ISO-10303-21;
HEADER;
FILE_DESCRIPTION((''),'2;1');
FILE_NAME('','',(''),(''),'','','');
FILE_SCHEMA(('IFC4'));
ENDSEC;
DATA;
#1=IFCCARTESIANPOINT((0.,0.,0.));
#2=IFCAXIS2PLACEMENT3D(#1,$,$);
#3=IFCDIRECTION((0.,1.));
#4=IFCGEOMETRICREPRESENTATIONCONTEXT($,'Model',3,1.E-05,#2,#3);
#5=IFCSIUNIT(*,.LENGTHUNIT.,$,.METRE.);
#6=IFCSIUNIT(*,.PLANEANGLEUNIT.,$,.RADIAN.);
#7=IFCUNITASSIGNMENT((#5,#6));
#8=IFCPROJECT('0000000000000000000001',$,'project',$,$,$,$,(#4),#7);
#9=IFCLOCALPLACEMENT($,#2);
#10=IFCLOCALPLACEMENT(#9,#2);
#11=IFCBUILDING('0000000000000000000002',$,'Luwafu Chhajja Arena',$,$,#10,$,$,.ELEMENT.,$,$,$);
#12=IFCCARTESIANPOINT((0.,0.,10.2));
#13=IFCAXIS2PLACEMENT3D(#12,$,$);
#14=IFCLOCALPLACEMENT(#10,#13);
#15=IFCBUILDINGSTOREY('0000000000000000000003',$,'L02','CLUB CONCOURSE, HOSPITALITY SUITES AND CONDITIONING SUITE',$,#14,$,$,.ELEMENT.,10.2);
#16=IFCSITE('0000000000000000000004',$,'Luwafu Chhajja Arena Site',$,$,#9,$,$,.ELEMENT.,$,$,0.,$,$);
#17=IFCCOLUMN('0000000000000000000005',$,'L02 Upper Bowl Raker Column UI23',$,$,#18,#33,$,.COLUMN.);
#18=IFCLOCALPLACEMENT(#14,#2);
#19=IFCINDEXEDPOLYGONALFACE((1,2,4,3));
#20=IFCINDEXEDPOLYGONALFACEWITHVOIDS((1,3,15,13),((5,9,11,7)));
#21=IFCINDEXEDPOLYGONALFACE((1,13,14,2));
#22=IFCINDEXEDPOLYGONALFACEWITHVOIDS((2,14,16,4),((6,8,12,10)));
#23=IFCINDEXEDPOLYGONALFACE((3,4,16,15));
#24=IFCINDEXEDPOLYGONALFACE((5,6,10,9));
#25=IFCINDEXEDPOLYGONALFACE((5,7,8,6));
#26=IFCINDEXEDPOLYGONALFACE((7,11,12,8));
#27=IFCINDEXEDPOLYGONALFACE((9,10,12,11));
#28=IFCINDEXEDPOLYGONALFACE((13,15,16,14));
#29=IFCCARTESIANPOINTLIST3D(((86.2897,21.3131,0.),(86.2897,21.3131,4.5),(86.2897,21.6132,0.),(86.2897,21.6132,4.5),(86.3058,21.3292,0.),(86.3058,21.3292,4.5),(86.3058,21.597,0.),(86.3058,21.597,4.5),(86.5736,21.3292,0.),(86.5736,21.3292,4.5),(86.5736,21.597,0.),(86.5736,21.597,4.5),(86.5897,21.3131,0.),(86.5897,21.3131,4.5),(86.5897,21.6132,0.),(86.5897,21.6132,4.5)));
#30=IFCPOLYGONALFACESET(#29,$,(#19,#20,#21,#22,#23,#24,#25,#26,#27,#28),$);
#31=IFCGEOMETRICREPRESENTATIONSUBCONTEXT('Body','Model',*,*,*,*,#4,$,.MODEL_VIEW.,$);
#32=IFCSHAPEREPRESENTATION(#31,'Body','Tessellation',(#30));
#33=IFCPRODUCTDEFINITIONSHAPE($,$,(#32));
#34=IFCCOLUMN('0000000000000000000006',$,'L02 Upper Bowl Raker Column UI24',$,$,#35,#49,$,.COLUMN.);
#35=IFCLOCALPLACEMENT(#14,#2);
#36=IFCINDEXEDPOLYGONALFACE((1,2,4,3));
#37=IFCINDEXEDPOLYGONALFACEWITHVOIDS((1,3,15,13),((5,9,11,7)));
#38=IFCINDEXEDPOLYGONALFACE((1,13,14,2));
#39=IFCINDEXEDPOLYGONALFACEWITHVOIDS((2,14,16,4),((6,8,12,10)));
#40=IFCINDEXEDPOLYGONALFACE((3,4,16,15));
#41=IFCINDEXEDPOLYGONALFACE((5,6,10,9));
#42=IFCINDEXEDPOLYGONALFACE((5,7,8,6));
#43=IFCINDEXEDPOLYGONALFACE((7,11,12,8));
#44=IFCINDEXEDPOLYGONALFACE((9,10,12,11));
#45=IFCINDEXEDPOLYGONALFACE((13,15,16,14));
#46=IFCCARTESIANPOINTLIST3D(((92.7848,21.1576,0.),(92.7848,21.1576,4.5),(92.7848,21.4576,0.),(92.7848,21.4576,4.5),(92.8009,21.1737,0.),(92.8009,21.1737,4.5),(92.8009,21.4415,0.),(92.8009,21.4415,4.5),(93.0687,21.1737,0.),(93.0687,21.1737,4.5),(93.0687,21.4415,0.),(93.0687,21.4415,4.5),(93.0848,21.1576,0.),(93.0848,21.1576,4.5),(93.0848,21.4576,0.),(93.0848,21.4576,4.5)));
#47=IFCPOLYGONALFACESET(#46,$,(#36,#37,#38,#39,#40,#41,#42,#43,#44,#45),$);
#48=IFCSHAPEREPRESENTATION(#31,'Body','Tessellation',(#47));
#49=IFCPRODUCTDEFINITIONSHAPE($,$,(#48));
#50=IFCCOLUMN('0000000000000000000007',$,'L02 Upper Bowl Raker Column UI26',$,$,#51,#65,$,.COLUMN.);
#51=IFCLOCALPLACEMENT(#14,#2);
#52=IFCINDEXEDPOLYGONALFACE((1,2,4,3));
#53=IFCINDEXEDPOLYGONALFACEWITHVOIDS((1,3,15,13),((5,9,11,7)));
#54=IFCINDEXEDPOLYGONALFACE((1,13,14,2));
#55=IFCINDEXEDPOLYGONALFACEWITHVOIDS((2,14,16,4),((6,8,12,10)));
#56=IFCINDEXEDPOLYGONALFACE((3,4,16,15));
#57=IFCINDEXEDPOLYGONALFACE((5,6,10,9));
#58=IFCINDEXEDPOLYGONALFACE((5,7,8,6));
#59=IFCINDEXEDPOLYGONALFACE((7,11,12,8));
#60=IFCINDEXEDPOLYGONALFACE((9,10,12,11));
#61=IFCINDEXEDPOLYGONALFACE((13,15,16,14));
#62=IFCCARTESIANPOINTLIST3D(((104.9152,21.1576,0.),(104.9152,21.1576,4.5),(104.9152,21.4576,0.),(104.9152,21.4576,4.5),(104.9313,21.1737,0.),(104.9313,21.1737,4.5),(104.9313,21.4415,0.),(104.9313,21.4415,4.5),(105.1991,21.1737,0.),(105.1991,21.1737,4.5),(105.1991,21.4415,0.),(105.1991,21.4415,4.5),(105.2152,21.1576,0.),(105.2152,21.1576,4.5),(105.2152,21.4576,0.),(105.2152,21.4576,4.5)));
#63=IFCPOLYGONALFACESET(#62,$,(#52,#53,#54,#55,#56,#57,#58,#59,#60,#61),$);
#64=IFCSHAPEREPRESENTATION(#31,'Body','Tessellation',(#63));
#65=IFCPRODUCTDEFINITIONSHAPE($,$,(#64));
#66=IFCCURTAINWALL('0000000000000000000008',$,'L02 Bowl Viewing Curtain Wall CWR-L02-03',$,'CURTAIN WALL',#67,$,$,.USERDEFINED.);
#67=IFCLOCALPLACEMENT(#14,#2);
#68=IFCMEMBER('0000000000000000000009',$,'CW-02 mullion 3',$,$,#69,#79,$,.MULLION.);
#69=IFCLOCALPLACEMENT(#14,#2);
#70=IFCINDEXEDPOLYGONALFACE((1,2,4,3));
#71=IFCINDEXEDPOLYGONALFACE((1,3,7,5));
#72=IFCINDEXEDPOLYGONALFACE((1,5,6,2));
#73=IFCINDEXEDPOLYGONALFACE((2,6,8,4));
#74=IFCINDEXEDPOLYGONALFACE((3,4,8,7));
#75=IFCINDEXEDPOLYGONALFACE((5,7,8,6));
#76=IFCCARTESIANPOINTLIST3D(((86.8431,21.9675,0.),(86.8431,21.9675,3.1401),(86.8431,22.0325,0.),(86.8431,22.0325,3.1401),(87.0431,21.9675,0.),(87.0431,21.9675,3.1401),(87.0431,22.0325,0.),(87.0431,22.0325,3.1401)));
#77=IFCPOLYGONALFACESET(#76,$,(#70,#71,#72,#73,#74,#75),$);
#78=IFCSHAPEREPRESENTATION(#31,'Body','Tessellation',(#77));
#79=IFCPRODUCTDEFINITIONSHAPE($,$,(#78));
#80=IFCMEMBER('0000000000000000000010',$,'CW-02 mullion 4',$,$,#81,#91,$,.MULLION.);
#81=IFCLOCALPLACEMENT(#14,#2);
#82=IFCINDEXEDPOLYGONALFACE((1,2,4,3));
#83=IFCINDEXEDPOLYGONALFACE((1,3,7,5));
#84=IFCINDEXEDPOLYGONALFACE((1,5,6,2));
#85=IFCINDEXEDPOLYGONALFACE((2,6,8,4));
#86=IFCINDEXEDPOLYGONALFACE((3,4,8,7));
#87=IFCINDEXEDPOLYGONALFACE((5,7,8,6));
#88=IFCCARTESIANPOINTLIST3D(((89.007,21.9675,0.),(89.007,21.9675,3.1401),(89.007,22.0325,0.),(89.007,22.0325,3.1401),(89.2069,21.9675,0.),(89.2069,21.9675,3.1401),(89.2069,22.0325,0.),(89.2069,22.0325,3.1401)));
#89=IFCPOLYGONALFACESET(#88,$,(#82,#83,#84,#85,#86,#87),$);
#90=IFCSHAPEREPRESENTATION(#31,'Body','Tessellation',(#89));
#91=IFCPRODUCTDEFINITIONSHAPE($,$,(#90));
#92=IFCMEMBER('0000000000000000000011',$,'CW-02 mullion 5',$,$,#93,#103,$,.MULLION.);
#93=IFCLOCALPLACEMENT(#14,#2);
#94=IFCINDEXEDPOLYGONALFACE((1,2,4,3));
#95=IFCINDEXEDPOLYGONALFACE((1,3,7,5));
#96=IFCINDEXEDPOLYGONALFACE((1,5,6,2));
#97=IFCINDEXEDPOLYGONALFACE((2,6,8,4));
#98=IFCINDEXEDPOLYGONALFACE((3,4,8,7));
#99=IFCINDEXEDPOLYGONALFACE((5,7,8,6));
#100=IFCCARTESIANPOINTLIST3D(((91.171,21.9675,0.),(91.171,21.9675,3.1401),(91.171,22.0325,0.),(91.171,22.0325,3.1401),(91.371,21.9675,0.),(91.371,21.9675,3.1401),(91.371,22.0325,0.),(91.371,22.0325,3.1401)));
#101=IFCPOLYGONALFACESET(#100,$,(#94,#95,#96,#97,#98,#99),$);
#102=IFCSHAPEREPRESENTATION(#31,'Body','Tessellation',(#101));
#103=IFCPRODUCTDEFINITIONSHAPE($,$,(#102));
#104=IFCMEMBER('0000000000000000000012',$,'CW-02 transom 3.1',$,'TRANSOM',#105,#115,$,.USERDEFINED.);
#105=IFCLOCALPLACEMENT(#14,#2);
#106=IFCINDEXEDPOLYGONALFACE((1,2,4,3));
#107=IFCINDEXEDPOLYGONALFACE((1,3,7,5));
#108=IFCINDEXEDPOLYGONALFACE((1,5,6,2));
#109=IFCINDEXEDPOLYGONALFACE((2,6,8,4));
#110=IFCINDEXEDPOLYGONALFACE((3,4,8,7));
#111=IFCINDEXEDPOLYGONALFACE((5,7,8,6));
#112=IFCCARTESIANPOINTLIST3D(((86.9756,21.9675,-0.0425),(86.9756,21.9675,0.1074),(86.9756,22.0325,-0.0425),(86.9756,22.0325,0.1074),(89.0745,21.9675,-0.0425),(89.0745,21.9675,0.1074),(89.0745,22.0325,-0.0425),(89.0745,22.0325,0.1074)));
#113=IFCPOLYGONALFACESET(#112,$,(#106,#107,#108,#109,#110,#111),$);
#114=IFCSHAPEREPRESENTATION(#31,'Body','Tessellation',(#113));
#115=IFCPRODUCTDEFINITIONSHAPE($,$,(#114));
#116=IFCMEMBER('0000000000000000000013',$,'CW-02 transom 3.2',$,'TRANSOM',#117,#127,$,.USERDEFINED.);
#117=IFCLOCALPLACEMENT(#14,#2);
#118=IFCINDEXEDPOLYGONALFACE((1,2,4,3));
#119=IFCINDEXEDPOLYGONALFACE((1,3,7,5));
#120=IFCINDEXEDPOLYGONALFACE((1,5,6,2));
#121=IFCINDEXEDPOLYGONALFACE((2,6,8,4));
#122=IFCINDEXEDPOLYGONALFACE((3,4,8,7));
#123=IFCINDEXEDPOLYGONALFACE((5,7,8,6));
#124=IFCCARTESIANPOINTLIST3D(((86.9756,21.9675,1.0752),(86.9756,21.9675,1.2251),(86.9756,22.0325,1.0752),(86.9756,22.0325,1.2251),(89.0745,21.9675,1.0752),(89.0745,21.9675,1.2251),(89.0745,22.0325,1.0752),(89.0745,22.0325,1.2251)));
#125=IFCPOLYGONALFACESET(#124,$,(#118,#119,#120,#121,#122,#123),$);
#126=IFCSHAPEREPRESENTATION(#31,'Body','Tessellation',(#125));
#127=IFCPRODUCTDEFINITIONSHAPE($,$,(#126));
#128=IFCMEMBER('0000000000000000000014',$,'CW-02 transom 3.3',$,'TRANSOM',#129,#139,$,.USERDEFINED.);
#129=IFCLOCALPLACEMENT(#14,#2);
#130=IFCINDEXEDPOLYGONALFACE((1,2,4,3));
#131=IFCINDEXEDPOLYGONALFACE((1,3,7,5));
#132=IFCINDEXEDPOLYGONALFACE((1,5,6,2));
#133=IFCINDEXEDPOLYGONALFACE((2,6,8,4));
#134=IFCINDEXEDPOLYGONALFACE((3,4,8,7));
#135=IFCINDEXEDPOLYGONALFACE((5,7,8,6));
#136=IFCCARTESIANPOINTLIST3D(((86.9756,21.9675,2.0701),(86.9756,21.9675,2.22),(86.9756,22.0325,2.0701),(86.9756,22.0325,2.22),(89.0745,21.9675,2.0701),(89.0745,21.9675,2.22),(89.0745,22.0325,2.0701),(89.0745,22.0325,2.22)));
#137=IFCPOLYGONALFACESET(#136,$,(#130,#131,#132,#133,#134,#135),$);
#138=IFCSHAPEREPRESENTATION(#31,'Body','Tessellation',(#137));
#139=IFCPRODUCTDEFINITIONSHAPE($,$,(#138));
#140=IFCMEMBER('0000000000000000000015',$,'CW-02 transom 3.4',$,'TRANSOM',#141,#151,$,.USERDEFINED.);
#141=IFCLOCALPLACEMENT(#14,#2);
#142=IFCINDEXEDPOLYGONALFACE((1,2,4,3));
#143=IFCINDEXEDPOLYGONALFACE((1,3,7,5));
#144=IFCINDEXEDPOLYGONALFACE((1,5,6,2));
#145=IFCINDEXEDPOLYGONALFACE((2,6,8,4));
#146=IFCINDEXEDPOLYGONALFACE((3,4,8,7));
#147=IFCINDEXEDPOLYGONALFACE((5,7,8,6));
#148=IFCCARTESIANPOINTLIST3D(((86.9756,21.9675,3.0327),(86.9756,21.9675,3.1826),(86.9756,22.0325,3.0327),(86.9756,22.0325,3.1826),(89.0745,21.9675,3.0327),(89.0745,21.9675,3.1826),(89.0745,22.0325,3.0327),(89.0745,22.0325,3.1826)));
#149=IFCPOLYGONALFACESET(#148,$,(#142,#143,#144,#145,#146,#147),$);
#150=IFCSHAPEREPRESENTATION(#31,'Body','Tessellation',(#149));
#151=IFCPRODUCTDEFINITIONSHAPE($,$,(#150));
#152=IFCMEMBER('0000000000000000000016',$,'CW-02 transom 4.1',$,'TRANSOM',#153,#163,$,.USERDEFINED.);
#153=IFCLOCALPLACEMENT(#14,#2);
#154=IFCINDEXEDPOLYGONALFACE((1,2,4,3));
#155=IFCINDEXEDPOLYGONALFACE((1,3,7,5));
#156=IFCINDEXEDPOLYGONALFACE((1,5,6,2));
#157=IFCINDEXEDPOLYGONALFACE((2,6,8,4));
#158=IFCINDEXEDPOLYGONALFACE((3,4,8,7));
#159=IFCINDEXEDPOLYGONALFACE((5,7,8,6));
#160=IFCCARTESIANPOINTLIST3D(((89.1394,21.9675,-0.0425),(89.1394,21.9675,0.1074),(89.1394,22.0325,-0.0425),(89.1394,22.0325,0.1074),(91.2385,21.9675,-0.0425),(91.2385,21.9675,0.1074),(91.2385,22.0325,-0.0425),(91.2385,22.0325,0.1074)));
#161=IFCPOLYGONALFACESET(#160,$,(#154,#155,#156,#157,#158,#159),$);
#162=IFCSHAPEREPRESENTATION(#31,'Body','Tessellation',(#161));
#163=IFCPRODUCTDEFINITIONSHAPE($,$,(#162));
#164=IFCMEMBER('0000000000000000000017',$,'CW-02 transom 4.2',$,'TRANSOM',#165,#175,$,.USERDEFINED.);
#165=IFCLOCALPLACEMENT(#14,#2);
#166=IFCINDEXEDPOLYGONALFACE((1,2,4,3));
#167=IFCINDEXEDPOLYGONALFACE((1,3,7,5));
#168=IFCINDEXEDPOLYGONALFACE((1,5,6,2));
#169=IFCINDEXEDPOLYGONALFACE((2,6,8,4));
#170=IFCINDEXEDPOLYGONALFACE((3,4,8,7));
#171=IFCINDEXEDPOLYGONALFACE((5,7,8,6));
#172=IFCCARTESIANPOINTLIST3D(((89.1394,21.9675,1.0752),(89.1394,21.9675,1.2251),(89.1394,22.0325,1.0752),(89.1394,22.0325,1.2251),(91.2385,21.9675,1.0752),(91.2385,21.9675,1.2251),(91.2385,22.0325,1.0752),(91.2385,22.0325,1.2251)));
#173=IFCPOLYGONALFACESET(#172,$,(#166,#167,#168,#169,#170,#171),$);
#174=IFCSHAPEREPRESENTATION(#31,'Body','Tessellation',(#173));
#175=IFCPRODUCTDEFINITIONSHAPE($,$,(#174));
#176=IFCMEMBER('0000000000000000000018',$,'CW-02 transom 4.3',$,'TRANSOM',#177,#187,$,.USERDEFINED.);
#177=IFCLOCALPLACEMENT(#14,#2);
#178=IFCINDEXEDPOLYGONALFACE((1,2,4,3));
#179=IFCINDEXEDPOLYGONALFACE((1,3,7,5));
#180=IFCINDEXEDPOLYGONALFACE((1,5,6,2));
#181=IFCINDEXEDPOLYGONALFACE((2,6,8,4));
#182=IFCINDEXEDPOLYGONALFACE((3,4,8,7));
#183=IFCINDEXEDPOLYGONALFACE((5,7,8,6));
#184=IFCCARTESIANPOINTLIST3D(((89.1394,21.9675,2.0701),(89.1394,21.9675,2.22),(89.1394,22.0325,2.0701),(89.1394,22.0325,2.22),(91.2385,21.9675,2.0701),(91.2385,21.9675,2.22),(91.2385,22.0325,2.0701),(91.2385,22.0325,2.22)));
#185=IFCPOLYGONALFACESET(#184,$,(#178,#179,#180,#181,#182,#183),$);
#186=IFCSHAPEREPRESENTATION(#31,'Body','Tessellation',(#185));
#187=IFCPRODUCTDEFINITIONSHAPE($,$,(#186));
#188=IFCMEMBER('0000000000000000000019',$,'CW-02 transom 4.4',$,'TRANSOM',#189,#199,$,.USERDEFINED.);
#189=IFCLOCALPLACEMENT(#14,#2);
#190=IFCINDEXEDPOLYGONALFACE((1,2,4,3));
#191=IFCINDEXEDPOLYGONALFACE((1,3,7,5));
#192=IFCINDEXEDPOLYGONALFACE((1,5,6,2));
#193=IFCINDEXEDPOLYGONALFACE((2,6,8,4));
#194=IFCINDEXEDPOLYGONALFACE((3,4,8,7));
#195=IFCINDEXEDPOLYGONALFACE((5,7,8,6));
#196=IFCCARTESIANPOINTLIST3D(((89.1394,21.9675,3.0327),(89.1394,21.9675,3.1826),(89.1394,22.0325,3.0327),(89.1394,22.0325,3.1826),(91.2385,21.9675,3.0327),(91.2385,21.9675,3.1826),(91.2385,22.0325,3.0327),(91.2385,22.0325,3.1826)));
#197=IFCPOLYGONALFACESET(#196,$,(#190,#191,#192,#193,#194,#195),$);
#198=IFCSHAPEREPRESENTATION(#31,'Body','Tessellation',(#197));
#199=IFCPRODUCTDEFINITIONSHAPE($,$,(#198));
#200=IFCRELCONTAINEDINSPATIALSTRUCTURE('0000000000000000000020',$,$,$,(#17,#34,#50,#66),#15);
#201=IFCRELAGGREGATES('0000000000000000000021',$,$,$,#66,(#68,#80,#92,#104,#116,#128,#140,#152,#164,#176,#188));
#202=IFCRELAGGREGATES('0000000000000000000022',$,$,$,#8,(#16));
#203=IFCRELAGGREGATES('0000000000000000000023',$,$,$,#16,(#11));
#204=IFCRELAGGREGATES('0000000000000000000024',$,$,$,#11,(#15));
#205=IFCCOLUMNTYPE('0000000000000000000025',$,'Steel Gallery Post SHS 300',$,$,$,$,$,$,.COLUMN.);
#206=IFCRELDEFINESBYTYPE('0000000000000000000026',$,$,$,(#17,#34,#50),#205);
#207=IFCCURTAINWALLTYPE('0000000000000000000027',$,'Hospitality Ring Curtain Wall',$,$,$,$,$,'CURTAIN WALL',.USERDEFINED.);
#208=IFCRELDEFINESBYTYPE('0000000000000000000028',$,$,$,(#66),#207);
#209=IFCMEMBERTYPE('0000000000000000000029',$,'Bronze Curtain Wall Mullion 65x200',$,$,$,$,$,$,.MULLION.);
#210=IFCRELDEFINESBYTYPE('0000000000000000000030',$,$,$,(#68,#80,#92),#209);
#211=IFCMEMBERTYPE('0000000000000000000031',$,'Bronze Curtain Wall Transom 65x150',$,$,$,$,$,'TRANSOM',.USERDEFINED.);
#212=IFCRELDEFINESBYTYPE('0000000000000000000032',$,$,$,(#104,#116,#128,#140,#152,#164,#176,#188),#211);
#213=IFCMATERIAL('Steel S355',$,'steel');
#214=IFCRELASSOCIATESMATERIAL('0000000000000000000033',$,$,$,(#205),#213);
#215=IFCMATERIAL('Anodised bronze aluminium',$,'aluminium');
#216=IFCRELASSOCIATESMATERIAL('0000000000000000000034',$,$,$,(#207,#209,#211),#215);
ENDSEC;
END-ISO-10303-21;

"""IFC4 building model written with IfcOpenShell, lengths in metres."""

from ifc_helpers import new_model, si_unit, direction, frame, origin, origin_2d, place, context, subcontext, project, spatial, rectangle, hollow_rectangle, extrude, material, material_profile, profile_set, type_object, element, aggregate, save


model = new_model("IFC4")

# Units and contexts
model_context = context("Model", 3, precision=1e-05, world=origin(), true_north=direction((0.0, 1.0)))
body_context = subcontext(model_context, "Body", "Model", "MODEL_VIEW")
ifc_project = project(units=[si_unit("LENGTHUNIT", "METRE"), si_unit("PLANEANGLEUNIT", "RADIAN")], contexts=[model_context])

# Site, building, storey
site_placement = place(None, origin())
site = spatial("IfcSite", under=ifc_project, at=site_placement, Name="Luwafu Chhajja Arena Site", CompositionType="ELEMENT", RefElevation=0.0)
building_placement = place(site_placement, origin())
building = spatial("IfcBuilding", under=site, at=building_placement, Name="Luwafu Chhajja Arena", CompositionType="ELEMENT")
storey_placement = place(building_placement, frame((0.0, 0.0, 10.2)))
storey = spatial("IfcBuildingStorey", under=building, at=storey_placement, Name="L02", Description="CLUB CONCOURSE, HOSPITALITY SUITES AND CONDITIONING SUITE", CompositionType="ELEMENT", Elevation=10.2)

# Columns
ifc_material_1 = material(Name="Steel S355", Category="steel")
ifc_material_profile_1 = material_profile(ifc_material_1, hollow_rectangle(XDim=0.3, YDim=0.3, WallThickness=0.0161, at=origin_2d()), Name="SHS 300x300x16")
ifc_profile_set_1 = profile_set([ifc_material_profile_1], Name="Steel S355")
column_type = type_object("IfcColumnType", Name="Steel Gallery Post SHS 300", PredefinedType="COLUMN", material=ifc_profile_set_1)
for number, where, z_axis, x_axis, name in (
    (1, (86.4397, 21.4631, 0.0), (0.0, 0.0, 1.0), (1.0, 0.0, 0.0), "L02 Upper Bowl Raker Column UI23"),
    (2, (92.9348, 21.3076, 0.0), (0.0, 0.0, 1.0), (1.0, 0.0, 0.0), "L02 Upper Bowl Raker Column UI24"),
    (3, (105.0652, 21.3076, 0.0), (0.0, 0.0, 1.0), (1.0, 0.0, 0.0), "L02 Upper Bowl Raker Column UI26"),
):
    element("IfcColumn", number, at=place(storey_placement, frame(where, z_axis=z_axis, x_axis=x_axis)), inside=storey, type_object=column_type, Name=name, PredefinedType="COLUMN", context=body_context, shape_type="SweptSolid", body=[
        extrude(hollow_rectangle(XDim=0.3, YDim=0.3, WallThickness=0.0161, at=origin_2d()), origin(), (0.0, 0.0, 1.0), 4.5),
    ])

# Curtain wall, members
ifc_material_2 = material(Name="Anodised bronze aluminium", Category="aluminium")
curtain_wall_type = type_object("IfcCurtainWallType", Name="Hospitality Ring Curtain Wall", ElementType="CURTAIN WALL", PredefinedType="USERDEFINED", material=ifc_material_2)
curtain_wall_placement = place(storey_placement, origin())
curtain_wall = element("IfcCurtainWall", 4, at=curtain_wall_placement, inside=storey, type_object=curtain_wall_type, Name="L02 Bowl Viewing Curtain Wall CWR-L02-03", ObjectType="CURTAIN WALL", PredefinedType="USERDEFINED")
ifc_material_profile_2 = material_profile(ifc_material_2, rectangle(XDim=0.0649, YDim=0.2, at=origin_2d()), Name="CWM 65x200")
ifc_profile_set_2 = profile_set([ifc_material_profile_2], Name="Anodised bronze aluminium")
member_type_1 = type_object("IfcMemberType", Name="Bronze Curtain Wall Mullion 65x200", PredefinedType="MULLION", material=ifc_profile_set_2)
member_1_placement = place(storey_placement, frame((86.9431, 22.0, 0.0), z_axis=(0.0, 0.0, 1.0), x_axis=(0.0, 1.0, 0.0)))
member_1 = element("IfcMember", 5, at=member_1_placement, type_object=member_type_1, Name="CW-02 mullion 3", PredefinedType="MULLION", context=body_context, shape_type="SweptSolid", body=[
    extrude(rectangle(XDim=0.0649, YDim=0.2, at=origin_2d()), origin(), (0.0, 0.0, 1.0), 3.1401),
])
member_2_placement = place(storey_placement, frame((89.1069, 22.0, 0.0), z_axis=(0.0, 0.0, 1.0), x_axis=(0.0, 1.0, 0.0)))
member_2 = element("IfcMember", 6, at=member_2_placement, type_object=member_type_1, Name="CW-02 mullion 4", PredefinedType="MULLION", context=body_context, shape_type="SweptSolid", body=[
    extrude(rectangle(XDim=0.0649, YDim=0.2, at=origin_2d()), origin(), (0.0, 0.0, 1.0), 3.1401),
])
member_3_placement = place(storey_placement, frame((91.271, 22.0, 0.0), z_axis=(0.0, 0.0, 1.0), x_axis=(0.0, 1.0, 0.0)))
member_3 = element("IfcMember", 7, at=member_3_placement, type_object=member_type_1, Name="CW-02 mullion 5", PredefinedType="MULLION", context=body_context, shape_type="SweptSolid", body=[
    extrude(rectangle(XDim=0.0649, YDim=0.2, at=origin_2d()), origin(), (0.0, 0.0, 1.0), 3.1401),
])
ifc_material_profile_3 = material_profile(ifc_material_2, rectangle(XDim=0.0649, YDim=0.1499, at=origin_2d()), Name="CWT 65x150")
ifc_profile_set_3 = profile_set([ifc_material_profile_3], Name="Anodised bronze aluminium")
member_type_2 = type_object("IfcMemberType", Name="Bronze Curtain Wall Transom 65x150", ElementType="TRANSOM", PredefinedType="USERDEFINED", material=ifc_profile_set_3)
member_4_placement = place(storey_placement, frame((86.9756, 22.0, 0.0325), z_axis=(1.0, 0.0, 0.0), x_axis=(0.0, 1.0, 0.0)))
member_4 = element("IfcMember", 8, at=member_4_placement, type_object=member_type_2, Name="CW-02 transom 3.1", ObjectType="TRANSOM", PredefinedType="USERDEFINED", context=body_context, shape_type="SweptSolid", body=[
    extrude(rectangle(XDim=0.0649, YDim=0.1499, at=origin_2d()), origin(), (0.0, 0.0, 1.0), 2.0989),
])
member_5_placement = place(storey_placement, frame((86.9756, 22.0, 1.1501), z_axis=(1.0, 0.0, 0.0), x_axis=(0.0, 1.0, 0.0)))
member_5 = element("IfcMember", 9, at=member_5_placement, type_object=member_type_2, Name="CW-02 transom 3.2", ObjectType="TRANSOM", PredefinedType="USERDEFINED", context=body_context, shape_type="SweptSolid", body=[
    extrude(rectangle(XDim=0.0649, YDim=0.1499, at=origin_2d()), origin(), (0.0, 0.0, 1.0), 2.0989),
])
member_6_placement = place(storey_placement, frame((86.9756, 22.0, 2.145), z_axis=(1.0, 0.0, 0.0), x_axis=(0.0, 1.0, 0.0)))
member_6 = element("IfcMember", 10, at=member_6_placement, type_object=member_type_2, Name="CW-02 transom 3.3", ObjectType="TRANSOM", PredefinedType="USERDEFINED", context=body_context, shape_type="SweptSolid", body=[
    extrude(rectangle(XDim=0.0649, YDim=0.1499, at=origin_2d()), origin(), (0.0, 0.0, 1.0), 2.0989),
])
member_7_placement = place(storey_placement, frame((86.9756, 22.0, 3.1077), z_axis=(1.0, 0.0, 0.0), x_axis=(0.0, 1.0, 0.0)))
member_7 = element("IfcMember", 11, at=member_7_placement, type_object=member_type_2, Name="CW-02 transom 3.4", ObjectType="TRANSOM", PredefinedType="USERDEFINED", context=body_context, shape_type="SweptSolid", body=[
    extrude(rectangle(XDim=0.0649, YDim=0.1499, at=origin_2d()), origin(), (0.0, 0.0, 1.0), 2.0989),
])
member_8_placement = place(storey_placement, frame((89.1394, 22.0, 0.0325), z_axis=(1.0, 0.0, 0.0), x_axis=(0.0, 1.0, 0.0)))
member_8 = element("IfcMember", 12, at=member_8_placement, type_object=member_type_2, Name="CW-02 transom 4.1", ObjectType="TRANSOM", PredefinedType="USERDEFINED", context=body_context, shape_type="SweptSolid", body=[
    extrude(rectangle(XDim=0.0649, YDim=0.1499, at=origin_2d()), origin(), (0.0, 0.0, 1.0), 2.0991),
])
member_9_placement = place(storey_placement, frame((89.1394, 22.0, 1.1501), z_axis=(1.0, 0.0, 0.0), x_axis=(0.0, 1.0, 0.0)))
member_9 = element("IfcMember", 13, at=member_9_placement, type_object=member_type_2, Name="CW-02 transom 4.2", ObjectType="TRANSOM", PredefinedType="USERDEFINED", context=body_context, shape_type="SweptSolid", body=[
    extrude(rectangle(XDim=0.0649, YDim=0.1499, at=origin_2d()), origin(), (0.0, 0.0, 1.0), 2.0991),
])
member_10_placement = place(storey_placement, frame((89.1394, 22.0, 2.145), z_axis=(1.0, 0.0, 0.0), x_axis=(0.0, 1.0, 0.0)))
member_10 = element("IfcMember", 14, at=member_10_placement, type_object=member_type_2, Name="CW-02 transom 4.3", ObjectType="TRANSOM", PredefinedType="USERDEFINED", context=body_context, shape_type="SweptSolid", body=[
    extrude(rectangle(XDim=0.0649, YDim=0.1499, at=origin_2d()), origin(), (0.0, 0.0, 1.0), 2.0991),
])
member_11_placement = place(storey_placement, frame((89.1394, 22.0, 3.1077), z_axis=(1.0, 0.0, 0.0), x_axis=(0.0, 1.0, 0.0)))
member_11 = element("IfcMember", 15, at=member_11_placement, type_object=member_type_2, Name="CW-02 transom 4.4", ObjectType="TRANSOM", PredefinedType="USERDEFINED", context=body_context, shape_type="SweptSolid", body=[
    extrude(rectangle(XDim=0.0649, YDim=0.1499, at=origin_2d()), origin(), (0.0, 0.0, 1.0), 2.0991),
])
aggregate(curtain_wall, [member_1, member_2, member_3, member_4, member_5, member_6, member_7, member_8, member_9, member_10, member_11])

save(model, "model.ifc")
